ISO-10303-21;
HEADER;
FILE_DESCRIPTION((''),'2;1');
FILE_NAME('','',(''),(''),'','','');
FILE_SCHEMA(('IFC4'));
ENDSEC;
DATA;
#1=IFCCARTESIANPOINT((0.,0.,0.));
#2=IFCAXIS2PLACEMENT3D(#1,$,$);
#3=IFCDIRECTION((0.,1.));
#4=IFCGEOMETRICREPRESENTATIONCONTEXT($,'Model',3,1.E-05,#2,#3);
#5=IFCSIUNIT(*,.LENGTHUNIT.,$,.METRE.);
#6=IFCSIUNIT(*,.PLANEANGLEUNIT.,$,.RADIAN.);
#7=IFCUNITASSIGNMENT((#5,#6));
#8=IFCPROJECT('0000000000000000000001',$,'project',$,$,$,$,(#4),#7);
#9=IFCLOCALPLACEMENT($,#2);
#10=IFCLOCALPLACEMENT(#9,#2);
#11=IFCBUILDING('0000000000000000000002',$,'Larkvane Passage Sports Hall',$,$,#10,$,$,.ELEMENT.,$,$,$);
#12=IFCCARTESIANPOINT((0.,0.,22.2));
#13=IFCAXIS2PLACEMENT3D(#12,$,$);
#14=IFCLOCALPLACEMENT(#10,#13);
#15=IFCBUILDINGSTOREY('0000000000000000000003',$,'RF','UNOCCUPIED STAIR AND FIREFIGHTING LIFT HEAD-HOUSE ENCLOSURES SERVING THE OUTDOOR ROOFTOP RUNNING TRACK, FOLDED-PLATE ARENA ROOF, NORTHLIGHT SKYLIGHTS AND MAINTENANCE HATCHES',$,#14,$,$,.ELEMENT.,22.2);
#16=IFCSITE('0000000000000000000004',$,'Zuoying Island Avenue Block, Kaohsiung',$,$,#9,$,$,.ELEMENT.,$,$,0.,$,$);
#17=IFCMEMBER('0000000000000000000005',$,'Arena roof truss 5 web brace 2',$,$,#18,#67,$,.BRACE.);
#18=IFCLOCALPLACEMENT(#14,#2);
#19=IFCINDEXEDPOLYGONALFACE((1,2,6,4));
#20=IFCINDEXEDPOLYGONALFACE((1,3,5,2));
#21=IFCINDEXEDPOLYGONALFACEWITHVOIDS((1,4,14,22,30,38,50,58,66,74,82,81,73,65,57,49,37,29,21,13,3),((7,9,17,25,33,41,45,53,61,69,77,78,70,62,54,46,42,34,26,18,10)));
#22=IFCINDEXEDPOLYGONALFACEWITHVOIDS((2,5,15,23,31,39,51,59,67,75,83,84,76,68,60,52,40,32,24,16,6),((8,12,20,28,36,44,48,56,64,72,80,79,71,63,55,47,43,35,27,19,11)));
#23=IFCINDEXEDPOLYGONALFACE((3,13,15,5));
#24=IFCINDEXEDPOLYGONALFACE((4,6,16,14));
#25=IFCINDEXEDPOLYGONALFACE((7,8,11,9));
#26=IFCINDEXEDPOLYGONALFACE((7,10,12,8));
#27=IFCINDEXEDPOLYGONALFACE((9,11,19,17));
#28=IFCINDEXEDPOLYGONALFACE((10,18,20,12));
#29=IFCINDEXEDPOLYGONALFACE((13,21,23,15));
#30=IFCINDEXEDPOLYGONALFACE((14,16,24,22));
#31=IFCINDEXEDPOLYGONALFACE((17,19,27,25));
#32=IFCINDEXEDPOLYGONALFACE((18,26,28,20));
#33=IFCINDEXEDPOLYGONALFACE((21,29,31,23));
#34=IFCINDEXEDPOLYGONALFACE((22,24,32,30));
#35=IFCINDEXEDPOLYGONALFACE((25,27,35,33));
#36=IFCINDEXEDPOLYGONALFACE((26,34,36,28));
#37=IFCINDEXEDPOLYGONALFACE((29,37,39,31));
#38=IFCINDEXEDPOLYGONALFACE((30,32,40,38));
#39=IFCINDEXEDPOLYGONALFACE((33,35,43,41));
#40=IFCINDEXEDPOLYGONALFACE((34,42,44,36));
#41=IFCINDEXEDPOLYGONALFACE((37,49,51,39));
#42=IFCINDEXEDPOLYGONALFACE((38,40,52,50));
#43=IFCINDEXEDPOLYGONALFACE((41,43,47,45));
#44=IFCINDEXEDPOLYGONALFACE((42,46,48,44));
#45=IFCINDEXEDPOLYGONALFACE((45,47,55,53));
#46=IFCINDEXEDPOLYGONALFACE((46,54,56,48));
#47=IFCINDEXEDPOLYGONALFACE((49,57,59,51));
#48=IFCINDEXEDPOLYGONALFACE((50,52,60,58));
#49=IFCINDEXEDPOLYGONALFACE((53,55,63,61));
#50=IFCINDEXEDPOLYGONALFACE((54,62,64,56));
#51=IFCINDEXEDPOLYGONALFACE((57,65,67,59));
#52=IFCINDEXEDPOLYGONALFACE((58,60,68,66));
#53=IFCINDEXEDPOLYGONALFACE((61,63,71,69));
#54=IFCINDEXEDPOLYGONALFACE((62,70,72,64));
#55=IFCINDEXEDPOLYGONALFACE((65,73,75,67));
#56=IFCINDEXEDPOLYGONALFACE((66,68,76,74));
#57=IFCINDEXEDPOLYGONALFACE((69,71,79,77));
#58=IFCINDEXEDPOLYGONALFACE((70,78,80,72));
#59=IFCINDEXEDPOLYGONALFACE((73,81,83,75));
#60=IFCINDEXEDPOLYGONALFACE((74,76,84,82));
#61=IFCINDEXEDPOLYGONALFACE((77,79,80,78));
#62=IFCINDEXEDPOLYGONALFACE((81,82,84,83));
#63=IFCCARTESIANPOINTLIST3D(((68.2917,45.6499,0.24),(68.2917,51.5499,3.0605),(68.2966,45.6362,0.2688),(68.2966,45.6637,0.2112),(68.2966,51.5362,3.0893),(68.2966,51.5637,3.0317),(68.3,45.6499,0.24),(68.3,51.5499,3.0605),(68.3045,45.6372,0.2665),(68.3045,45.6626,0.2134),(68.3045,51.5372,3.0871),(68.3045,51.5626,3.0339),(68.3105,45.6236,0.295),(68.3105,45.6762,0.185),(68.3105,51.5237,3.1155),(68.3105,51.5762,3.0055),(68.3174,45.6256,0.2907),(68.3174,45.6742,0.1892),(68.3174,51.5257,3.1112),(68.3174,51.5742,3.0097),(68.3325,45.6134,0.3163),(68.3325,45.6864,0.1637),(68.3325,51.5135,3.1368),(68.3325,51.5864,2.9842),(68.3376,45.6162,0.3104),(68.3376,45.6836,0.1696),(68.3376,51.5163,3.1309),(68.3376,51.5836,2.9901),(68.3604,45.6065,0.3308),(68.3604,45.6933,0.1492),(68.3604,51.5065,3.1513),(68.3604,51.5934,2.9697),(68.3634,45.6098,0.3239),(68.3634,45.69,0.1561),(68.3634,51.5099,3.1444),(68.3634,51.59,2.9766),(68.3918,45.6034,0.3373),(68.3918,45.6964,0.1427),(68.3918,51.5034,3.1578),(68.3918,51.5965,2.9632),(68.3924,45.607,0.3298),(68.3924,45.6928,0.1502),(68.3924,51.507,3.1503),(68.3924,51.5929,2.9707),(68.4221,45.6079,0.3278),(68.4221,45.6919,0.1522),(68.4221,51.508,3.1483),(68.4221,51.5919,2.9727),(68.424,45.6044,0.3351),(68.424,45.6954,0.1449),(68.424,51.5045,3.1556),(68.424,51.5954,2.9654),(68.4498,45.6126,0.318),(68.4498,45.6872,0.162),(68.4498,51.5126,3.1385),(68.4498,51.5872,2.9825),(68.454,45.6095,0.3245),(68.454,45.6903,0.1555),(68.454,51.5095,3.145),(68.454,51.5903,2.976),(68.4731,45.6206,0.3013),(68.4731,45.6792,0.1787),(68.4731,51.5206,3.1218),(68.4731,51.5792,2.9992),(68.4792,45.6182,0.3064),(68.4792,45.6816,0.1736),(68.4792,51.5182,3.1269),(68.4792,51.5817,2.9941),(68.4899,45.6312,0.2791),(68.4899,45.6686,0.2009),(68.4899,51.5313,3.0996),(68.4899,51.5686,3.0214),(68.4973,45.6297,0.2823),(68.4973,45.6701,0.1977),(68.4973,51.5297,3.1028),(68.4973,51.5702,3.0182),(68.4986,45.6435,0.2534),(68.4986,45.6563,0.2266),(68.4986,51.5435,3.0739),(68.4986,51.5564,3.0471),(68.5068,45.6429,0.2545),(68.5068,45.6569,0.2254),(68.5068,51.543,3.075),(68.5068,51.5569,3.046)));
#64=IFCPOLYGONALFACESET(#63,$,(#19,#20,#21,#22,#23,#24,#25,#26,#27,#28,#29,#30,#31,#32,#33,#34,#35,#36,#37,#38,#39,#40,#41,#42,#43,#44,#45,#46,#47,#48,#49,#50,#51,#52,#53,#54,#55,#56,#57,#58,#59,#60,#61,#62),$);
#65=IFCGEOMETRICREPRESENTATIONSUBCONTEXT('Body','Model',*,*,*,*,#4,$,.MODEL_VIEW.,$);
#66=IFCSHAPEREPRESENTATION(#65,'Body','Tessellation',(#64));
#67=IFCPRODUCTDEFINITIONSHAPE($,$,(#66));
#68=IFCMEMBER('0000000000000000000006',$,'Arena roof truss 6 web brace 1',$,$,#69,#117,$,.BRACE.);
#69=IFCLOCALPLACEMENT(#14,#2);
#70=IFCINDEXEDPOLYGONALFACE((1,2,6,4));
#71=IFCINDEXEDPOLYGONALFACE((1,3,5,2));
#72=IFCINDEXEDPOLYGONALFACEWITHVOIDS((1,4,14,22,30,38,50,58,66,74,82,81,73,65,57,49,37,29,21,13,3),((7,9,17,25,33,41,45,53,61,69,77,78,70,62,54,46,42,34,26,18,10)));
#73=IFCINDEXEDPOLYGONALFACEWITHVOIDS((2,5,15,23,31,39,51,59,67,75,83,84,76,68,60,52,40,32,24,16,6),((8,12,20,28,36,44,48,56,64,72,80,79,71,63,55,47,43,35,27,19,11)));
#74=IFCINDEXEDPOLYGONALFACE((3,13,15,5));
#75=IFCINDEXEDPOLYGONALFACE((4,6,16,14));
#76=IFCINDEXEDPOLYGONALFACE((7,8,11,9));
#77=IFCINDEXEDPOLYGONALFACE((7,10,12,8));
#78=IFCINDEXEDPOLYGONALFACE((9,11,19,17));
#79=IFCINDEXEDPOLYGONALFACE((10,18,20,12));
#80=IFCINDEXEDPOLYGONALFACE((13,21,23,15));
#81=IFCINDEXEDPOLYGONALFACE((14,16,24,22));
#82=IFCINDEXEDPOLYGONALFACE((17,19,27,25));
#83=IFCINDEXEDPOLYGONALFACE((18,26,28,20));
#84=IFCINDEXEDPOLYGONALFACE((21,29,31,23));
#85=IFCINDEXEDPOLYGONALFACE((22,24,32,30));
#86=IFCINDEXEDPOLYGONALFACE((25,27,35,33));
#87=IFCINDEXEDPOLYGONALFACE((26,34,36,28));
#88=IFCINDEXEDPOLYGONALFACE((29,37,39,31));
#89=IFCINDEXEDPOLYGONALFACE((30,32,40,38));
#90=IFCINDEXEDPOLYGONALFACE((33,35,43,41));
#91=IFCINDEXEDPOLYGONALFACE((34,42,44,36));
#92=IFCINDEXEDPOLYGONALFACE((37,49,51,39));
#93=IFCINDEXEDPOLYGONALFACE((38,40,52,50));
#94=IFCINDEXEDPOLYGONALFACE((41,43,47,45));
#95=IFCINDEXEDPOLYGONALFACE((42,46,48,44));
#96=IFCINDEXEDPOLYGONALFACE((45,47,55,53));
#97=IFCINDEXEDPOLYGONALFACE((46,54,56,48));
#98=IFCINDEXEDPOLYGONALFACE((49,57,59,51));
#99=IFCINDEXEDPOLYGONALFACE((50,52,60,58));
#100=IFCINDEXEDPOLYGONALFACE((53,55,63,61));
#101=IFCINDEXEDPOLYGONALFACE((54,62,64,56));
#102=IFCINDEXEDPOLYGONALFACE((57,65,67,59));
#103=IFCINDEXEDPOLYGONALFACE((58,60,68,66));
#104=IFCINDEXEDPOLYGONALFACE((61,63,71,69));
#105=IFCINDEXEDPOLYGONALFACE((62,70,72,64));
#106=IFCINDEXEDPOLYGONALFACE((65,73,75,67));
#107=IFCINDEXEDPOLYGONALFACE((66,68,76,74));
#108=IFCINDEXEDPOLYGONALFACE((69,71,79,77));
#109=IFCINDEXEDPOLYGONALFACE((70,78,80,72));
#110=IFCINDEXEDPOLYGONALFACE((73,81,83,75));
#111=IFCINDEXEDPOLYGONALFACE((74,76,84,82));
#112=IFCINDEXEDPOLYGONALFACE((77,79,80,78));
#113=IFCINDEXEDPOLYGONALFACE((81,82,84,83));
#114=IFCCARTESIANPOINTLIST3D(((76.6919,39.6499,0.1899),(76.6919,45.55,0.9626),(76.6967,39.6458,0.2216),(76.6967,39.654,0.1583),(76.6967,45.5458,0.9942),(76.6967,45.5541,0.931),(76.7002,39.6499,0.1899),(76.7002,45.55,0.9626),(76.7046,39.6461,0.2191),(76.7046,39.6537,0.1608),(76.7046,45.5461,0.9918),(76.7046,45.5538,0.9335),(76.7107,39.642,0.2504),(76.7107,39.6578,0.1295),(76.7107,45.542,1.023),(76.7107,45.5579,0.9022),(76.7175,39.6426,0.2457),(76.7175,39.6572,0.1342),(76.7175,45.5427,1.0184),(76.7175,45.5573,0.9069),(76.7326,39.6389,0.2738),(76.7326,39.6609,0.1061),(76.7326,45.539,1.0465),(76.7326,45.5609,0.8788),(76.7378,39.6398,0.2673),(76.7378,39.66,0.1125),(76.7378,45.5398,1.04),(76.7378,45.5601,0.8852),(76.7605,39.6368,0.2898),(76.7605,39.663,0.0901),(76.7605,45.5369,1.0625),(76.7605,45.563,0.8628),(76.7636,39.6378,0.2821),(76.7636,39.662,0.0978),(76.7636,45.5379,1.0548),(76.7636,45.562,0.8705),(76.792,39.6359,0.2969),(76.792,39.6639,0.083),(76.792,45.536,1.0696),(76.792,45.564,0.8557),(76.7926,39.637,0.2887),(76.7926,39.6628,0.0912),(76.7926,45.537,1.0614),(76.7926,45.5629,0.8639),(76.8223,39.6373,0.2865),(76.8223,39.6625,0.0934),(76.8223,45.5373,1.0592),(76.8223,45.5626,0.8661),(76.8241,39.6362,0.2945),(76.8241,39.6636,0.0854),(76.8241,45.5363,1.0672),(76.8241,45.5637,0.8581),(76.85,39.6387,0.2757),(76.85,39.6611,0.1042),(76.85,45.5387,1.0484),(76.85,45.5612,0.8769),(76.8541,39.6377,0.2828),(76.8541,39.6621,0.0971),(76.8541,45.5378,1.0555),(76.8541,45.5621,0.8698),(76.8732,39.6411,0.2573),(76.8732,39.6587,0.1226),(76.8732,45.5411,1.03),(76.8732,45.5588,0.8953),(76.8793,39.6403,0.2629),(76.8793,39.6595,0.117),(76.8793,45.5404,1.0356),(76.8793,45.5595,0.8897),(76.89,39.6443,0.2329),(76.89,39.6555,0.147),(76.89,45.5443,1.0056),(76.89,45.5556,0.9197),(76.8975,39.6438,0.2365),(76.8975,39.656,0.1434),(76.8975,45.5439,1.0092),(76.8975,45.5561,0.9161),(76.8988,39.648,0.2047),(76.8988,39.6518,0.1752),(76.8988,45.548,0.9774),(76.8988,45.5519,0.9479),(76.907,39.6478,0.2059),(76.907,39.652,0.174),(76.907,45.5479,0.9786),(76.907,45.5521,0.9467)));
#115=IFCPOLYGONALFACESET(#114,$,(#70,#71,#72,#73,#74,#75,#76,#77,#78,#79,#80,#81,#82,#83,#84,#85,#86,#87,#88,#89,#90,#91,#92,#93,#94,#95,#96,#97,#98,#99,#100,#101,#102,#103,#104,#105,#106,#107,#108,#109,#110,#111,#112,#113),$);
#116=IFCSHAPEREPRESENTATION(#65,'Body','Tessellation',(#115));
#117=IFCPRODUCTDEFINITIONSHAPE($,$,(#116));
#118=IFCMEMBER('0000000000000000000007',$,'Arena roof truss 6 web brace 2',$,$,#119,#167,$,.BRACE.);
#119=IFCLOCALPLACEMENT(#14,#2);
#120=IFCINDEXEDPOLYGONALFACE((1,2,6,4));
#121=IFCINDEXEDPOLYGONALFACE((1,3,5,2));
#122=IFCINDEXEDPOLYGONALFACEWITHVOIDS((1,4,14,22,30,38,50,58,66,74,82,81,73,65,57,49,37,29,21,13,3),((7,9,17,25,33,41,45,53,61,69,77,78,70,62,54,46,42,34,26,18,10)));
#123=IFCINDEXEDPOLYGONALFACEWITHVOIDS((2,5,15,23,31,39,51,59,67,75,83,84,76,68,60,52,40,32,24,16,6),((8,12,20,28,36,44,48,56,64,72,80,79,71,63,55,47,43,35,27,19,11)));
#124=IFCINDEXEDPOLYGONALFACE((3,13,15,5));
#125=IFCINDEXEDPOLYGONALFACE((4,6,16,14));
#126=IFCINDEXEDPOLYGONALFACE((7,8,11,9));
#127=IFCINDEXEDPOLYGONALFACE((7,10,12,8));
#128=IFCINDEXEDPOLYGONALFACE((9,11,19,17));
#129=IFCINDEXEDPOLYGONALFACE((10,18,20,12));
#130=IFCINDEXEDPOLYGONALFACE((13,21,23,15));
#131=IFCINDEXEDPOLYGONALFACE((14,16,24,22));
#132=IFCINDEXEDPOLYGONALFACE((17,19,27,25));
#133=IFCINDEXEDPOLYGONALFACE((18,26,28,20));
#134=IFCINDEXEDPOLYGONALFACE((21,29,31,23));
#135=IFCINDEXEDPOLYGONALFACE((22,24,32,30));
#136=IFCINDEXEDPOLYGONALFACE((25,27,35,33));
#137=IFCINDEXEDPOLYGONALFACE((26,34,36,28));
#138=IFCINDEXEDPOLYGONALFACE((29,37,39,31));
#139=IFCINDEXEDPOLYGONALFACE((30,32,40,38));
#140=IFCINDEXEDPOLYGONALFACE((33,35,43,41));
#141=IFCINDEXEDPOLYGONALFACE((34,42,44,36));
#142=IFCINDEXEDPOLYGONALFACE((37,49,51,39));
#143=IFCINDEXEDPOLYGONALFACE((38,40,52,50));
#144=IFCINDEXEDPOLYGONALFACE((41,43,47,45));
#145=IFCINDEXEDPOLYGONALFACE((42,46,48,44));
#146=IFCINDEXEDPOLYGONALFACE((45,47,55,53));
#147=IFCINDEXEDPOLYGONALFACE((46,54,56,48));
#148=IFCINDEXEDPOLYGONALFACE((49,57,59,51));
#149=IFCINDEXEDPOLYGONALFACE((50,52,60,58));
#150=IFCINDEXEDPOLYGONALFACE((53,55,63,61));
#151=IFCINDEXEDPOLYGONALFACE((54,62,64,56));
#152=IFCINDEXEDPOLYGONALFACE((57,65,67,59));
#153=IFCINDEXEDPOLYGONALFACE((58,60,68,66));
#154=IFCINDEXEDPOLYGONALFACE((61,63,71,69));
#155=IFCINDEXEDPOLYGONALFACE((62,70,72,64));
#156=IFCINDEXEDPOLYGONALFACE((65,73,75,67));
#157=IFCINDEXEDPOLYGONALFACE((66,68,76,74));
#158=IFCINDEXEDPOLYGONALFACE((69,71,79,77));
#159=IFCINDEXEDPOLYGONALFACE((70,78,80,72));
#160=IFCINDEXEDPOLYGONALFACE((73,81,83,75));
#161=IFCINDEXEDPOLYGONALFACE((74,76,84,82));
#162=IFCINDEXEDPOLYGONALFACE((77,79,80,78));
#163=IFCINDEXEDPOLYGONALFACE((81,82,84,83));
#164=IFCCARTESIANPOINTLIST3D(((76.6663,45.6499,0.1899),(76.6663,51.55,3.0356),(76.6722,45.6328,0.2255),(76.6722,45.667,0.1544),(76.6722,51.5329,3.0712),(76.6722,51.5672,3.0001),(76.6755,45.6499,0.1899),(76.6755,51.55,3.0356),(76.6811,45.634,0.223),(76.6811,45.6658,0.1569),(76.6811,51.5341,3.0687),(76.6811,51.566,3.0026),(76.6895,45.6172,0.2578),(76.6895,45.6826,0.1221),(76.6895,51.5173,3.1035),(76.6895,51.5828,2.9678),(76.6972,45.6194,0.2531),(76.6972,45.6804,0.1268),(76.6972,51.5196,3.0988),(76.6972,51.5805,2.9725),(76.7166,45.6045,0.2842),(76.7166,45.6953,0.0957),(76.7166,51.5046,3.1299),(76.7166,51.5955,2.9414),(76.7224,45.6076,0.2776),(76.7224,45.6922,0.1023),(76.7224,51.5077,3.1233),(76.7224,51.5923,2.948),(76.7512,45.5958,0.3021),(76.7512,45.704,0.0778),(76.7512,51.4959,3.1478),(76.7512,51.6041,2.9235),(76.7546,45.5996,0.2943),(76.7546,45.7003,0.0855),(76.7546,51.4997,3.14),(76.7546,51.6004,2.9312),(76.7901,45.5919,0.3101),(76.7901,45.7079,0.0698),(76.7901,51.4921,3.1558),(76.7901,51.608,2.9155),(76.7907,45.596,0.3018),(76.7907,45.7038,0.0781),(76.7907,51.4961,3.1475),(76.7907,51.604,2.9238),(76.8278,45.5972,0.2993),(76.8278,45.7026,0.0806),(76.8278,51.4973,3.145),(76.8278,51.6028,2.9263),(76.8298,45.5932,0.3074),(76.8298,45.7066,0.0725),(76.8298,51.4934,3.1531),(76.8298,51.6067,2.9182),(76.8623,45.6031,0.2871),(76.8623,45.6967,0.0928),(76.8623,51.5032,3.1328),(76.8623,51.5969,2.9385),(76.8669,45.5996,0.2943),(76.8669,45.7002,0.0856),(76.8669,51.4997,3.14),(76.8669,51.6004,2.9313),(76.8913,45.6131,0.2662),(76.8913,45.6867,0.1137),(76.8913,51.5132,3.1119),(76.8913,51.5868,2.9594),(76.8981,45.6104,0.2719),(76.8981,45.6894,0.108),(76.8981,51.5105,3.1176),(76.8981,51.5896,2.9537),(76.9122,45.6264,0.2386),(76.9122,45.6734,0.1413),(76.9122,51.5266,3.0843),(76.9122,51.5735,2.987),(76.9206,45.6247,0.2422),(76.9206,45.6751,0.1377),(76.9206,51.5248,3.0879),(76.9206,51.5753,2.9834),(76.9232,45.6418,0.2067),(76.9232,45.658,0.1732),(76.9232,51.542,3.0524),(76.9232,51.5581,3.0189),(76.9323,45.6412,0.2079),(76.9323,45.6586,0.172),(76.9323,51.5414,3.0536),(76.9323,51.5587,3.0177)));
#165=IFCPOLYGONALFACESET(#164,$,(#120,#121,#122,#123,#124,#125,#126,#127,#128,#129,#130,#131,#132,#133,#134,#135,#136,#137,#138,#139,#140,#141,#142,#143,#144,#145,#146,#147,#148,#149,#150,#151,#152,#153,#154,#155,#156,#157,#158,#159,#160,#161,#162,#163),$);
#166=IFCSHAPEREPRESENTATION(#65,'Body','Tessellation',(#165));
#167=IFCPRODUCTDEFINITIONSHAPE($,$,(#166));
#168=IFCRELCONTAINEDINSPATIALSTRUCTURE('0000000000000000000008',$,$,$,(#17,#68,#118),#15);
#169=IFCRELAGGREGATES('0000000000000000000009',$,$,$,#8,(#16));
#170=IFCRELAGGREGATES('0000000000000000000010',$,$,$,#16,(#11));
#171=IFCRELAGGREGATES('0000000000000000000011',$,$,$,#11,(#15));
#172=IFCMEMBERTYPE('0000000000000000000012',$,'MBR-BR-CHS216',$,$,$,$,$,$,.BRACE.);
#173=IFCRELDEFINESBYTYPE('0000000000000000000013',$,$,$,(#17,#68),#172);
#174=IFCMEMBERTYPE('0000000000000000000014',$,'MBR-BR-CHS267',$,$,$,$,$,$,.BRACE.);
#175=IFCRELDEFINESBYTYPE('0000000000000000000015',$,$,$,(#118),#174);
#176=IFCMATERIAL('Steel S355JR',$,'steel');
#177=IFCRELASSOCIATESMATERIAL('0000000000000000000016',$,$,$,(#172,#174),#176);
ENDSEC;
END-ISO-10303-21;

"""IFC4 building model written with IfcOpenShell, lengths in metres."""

from ifc_helpers import new_model, si_unit, direction, frame, origin, origin_2d, place, context, subcontext, project, spatial, hollow_circle, extrude, material, material_profile, profile_set, type_object, element, save


model = new_model("IFC4")

# Units and contexts
model_context = context("Model", 3, precision=1e-05, world=origin(), true_north=direction((0.0, 1.0)))
body_context = subcontext(model_context, "Body", "Model", "MODEL_VIEW")
ifc_project = project(units=[si_unit("LENGTHUNIT", "METRE"), si_unit("PLANEANGLEUNIT", "RADIAN")], contexts=[model_context])

# Site, building, storey
site_placement = place(None, origin())
site = spatial("IfcSite", under=ifc_project, at=site_placement, Name="Zuoying Island Avenue Block, Kaohsiung", CompositionType="ELEMENT", RefElevation=0.0)
building_placement = place(site_placement, origin())
building = spatial("IfcBuilding", under=site, at=building_placement, Name="Larkvane Passage Sports Hall", CompositionType="ELEMENT")
storey_placement = place(building_placement, frame((0.0, 0.0, 22.2)))
storey = spatial("IfcBuildingStorey", under=building, at=storey_placement, Name="RF", Description="UNOCCUPIED STAIR AND FIREFIGHTING LIFT HEAD-HOUSE ENCLOSURES SERVING THE OUTDOOR ROOFTOP RUNNING TRACK, FOLDED-PLATE ARENA ROOF, NORTHLIGHT SKYLIGHTS AND MAINTENANCE HATCHES", CompositionType="ELEMENT", Elevation=22.2)

# Members
ifc_material_1 = material(Name="Steel S355JR", Category="steel")
ifc_material_profile_1 = material_profile(ifc_material_1, hollow_circle(Radius=0.1082, WallThickness=0.0083, at=origin_2d()), Name="CHS-216.3x8.2")
ifc_profile_set_1 = profile_set([ifc_material_profile_1], Name="Steel S355JR")
member_type_1 = type_object("IfcMemberType", Name="MBR-BR-CHS216", PredefinedType="BRACE", material=ifc_profile_set_1)
member_1_placement = place(storey_placement, frame((68.3999, 45.6499, 0.24), z_axis=(0.0, 0.902209, 0.4313), x_axis=(-1.0, 0.0, 0.0)))
element("IfcMember", 1, at=member_1_placement, inside=storey, type_object=member_type_1, Name="Arena roof truss 5 web brace 2", PredefinedType="BRACE", context=body_context, shape_type="SweptSolid", body=[
    extrude(hollow_circle(Radius=0.1082, WallThickness=0.0083, at=origin_2d()), origin(), (0.0, 0.0, 1.0), 6.5396),
])
member_2_placement = place(storey_placement, frame((76.8, 39.6499, 0.1899), z_axis=(0.0, 0.991533, 0.129855), x_axis=(-1.0, 0.0, 0.0)))
element("IfcMember", 2, at=member_2_placement, inside=storey, type_object=member_type_1, Name="Arena roof truss 6 web brace 1", PredefinedType="BRACE", context=body_context, shape_type="SweptSolid", body=[
    extrude(hollow_circle(Radius=0.1082, WallThickness=0.0083, at=origin_2d()), origin(), (0.0, 0.0, 1.0), 5.9504),
])
ifc_material_profile_2 = material_profile(ifc_material_1, hollow_circle(Radius=0.1338, WallThickness=0.0093, at=origin_2d()), Name="CHS-267.4x9.3")
ifc_profile_set_2 = profile_set([ifc_material_profile_2], Name="Steel S355JR")
member_type_2 = type_object("IfcMemberType", Name="MBR-BR-CHS267", PredefinedType="BRACE", material=ifc_profile_set_2)
member_3_placement = place(storey_placement, frame((76.8, 45.6499, 0.1899), z_axis=(0.0, 0.90071, 0.434422), x_axis=(-1.0, 0.0, 0.0)))
element("IfcMember", 3, at=member_3_placement, inside=storey, type_object=member_type_2, Name="Arena roof truss 6 web brace 2", PredefinedType="BRACE", context=body_context, shape_type="SweptSolid", body=[
    extrude(hollow_circle(Radius=0.1338, WallThickness=0.0093, at=origin_2d()), origin(), (0.0, 0.0, 1.0), 6.5505),
])

save(model, "model.ifc")
